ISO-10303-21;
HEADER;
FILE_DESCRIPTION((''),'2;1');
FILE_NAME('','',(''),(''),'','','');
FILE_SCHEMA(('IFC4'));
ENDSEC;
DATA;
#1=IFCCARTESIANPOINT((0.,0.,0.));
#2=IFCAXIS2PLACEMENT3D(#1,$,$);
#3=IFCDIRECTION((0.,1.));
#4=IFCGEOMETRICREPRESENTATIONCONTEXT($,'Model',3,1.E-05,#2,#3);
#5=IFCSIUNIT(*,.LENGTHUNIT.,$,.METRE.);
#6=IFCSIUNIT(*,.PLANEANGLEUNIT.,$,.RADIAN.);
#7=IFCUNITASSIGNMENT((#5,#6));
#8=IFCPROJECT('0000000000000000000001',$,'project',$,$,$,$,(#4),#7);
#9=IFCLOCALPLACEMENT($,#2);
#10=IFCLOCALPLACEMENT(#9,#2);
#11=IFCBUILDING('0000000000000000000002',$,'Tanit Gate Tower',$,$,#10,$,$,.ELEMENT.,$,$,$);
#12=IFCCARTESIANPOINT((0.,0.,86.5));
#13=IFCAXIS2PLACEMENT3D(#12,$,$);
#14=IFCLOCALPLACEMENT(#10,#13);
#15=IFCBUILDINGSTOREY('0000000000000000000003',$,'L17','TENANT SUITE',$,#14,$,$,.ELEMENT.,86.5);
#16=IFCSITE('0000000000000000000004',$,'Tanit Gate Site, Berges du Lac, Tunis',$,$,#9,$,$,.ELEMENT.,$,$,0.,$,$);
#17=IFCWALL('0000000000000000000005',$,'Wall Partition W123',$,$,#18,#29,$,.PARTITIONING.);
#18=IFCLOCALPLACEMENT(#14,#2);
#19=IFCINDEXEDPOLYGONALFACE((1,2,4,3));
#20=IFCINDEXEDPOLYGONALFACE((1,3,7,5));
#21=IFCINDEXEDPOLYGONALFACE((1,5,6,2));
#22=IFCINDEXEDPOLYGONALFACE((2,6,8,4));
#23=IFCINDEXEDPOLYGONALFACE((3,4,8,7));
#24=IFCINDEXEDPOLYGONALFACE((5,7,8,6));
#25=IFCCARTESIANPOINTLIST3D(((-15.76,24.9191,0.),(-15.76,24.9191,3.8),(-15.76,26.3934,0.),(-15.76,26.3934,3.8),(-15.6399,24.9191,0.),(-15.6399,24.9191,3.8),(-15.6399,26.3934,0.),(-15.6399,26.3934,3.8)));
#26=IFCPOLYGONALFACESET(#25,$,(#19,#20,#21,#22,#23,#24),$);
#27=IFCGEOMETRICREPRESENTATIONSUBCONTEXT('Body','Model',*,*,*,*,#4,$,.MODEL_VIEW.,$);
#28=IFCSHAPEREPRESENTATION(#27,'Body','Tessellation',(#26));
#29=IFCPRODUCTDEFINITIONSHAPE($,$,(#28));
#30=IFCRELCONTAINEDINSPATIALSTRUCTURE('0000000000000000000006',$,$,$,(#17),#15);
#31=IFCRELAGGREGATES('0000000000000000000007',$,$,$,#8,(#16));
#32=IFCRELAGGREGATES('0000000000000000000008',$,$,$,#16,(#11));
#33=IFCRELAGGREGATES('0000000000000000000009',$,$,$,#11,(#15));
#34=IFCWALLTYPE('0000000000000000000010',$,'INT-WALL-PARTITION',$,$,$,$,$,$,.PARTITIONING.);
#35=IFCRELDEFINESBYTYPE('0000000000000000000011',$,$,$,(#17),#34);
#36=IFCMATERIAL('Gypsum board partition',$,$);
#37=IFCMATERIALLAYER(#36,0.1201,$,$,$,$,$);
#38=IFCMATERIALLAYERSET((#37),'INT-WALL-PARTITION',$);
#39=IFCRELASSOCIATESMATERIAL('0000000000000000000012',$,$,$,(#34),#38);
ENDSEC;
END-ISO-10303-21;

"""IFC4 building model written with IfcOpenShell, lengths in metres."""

from ifc_helpers import new_model, si_unit, direction, frame, frame_2d, origin, place, context, subcontext, project, spatial, rectangle, extrude, material, layer, layer_set, type_object, element, save


model = new_model("IFC4")

# Units and contexts
model_context = context("Model", 3, precision=1e-05, world=origin(), true_north=direction((0.0, 1.0)))
body_context = subcontext(model_context, "Body", "Model", "MODEL_VIEW")
ifc_project = project(units=[si_unit("LENGTHUNIT", "METRE"), si_unit("PLANEANGLEUNIT", "RADIAN")], contexts=[model_context])

# Site, building, storey
site_placement = place(None, origin())
site = spatial("IfcSite", under=ifc_project, at=site_placement, Name="Tanit Gate Site, Berges du Lac, Tunis", CompositionType="ELEMENT", RefElevation=0.0)
building_placement = place(site_placement, origin())
building = spatial("IfcBuilding", under=site, at=building_placement, Name="Tanit Gate Tower", CompositionType="ELEMENT")
storey_placement = place(building_placement, frame((0.0, 0.0, 86.5)))
storey = spatial("IfcBuildingStorey", under=building, at=storey_placement, Name="L17", Description="TENANT SUITE", CompositionType="ELEMENT", Elevation=86.5)

# Shared definitions
ifc_material_1 = material(Name="Gypsum board partition")
ifc_layer_1 = layer(ifc_material_1, 0.1201)
ifc_layer_set_1 = layer_set([ifc_layer_1], Name="INT-WALL-PARTITION")
wall_type_1 = type_object("IfcWallType", Name="INT-WALL-PARTITION", PredefinedType="PARTITIONING", material=ifc_layer_set_1)

# Wall
wall_1_placement = place(storey_placement, frame((-15.7, 24.9189, 0.0), z_axis=(0.0, 0.0, 1.0), x_axis=(0.0, 1.0, 0.0)))
element("IfcWall", 1, at=wall_1_placement, inside=storey, type_object=wall_type_1, Name="Wall Partition W123", PredefinedType="PARTITIONING", context=body_context, shape_type="SweptSolid", body=[
    extrude(rectangle(XDim=1.4744, YDim=0.1201, at=frame_2d((0.7373, 0.0))), origin(), (0.0, 0.0, 1.0), 3.8),
])

save(model, "model.ifc")
